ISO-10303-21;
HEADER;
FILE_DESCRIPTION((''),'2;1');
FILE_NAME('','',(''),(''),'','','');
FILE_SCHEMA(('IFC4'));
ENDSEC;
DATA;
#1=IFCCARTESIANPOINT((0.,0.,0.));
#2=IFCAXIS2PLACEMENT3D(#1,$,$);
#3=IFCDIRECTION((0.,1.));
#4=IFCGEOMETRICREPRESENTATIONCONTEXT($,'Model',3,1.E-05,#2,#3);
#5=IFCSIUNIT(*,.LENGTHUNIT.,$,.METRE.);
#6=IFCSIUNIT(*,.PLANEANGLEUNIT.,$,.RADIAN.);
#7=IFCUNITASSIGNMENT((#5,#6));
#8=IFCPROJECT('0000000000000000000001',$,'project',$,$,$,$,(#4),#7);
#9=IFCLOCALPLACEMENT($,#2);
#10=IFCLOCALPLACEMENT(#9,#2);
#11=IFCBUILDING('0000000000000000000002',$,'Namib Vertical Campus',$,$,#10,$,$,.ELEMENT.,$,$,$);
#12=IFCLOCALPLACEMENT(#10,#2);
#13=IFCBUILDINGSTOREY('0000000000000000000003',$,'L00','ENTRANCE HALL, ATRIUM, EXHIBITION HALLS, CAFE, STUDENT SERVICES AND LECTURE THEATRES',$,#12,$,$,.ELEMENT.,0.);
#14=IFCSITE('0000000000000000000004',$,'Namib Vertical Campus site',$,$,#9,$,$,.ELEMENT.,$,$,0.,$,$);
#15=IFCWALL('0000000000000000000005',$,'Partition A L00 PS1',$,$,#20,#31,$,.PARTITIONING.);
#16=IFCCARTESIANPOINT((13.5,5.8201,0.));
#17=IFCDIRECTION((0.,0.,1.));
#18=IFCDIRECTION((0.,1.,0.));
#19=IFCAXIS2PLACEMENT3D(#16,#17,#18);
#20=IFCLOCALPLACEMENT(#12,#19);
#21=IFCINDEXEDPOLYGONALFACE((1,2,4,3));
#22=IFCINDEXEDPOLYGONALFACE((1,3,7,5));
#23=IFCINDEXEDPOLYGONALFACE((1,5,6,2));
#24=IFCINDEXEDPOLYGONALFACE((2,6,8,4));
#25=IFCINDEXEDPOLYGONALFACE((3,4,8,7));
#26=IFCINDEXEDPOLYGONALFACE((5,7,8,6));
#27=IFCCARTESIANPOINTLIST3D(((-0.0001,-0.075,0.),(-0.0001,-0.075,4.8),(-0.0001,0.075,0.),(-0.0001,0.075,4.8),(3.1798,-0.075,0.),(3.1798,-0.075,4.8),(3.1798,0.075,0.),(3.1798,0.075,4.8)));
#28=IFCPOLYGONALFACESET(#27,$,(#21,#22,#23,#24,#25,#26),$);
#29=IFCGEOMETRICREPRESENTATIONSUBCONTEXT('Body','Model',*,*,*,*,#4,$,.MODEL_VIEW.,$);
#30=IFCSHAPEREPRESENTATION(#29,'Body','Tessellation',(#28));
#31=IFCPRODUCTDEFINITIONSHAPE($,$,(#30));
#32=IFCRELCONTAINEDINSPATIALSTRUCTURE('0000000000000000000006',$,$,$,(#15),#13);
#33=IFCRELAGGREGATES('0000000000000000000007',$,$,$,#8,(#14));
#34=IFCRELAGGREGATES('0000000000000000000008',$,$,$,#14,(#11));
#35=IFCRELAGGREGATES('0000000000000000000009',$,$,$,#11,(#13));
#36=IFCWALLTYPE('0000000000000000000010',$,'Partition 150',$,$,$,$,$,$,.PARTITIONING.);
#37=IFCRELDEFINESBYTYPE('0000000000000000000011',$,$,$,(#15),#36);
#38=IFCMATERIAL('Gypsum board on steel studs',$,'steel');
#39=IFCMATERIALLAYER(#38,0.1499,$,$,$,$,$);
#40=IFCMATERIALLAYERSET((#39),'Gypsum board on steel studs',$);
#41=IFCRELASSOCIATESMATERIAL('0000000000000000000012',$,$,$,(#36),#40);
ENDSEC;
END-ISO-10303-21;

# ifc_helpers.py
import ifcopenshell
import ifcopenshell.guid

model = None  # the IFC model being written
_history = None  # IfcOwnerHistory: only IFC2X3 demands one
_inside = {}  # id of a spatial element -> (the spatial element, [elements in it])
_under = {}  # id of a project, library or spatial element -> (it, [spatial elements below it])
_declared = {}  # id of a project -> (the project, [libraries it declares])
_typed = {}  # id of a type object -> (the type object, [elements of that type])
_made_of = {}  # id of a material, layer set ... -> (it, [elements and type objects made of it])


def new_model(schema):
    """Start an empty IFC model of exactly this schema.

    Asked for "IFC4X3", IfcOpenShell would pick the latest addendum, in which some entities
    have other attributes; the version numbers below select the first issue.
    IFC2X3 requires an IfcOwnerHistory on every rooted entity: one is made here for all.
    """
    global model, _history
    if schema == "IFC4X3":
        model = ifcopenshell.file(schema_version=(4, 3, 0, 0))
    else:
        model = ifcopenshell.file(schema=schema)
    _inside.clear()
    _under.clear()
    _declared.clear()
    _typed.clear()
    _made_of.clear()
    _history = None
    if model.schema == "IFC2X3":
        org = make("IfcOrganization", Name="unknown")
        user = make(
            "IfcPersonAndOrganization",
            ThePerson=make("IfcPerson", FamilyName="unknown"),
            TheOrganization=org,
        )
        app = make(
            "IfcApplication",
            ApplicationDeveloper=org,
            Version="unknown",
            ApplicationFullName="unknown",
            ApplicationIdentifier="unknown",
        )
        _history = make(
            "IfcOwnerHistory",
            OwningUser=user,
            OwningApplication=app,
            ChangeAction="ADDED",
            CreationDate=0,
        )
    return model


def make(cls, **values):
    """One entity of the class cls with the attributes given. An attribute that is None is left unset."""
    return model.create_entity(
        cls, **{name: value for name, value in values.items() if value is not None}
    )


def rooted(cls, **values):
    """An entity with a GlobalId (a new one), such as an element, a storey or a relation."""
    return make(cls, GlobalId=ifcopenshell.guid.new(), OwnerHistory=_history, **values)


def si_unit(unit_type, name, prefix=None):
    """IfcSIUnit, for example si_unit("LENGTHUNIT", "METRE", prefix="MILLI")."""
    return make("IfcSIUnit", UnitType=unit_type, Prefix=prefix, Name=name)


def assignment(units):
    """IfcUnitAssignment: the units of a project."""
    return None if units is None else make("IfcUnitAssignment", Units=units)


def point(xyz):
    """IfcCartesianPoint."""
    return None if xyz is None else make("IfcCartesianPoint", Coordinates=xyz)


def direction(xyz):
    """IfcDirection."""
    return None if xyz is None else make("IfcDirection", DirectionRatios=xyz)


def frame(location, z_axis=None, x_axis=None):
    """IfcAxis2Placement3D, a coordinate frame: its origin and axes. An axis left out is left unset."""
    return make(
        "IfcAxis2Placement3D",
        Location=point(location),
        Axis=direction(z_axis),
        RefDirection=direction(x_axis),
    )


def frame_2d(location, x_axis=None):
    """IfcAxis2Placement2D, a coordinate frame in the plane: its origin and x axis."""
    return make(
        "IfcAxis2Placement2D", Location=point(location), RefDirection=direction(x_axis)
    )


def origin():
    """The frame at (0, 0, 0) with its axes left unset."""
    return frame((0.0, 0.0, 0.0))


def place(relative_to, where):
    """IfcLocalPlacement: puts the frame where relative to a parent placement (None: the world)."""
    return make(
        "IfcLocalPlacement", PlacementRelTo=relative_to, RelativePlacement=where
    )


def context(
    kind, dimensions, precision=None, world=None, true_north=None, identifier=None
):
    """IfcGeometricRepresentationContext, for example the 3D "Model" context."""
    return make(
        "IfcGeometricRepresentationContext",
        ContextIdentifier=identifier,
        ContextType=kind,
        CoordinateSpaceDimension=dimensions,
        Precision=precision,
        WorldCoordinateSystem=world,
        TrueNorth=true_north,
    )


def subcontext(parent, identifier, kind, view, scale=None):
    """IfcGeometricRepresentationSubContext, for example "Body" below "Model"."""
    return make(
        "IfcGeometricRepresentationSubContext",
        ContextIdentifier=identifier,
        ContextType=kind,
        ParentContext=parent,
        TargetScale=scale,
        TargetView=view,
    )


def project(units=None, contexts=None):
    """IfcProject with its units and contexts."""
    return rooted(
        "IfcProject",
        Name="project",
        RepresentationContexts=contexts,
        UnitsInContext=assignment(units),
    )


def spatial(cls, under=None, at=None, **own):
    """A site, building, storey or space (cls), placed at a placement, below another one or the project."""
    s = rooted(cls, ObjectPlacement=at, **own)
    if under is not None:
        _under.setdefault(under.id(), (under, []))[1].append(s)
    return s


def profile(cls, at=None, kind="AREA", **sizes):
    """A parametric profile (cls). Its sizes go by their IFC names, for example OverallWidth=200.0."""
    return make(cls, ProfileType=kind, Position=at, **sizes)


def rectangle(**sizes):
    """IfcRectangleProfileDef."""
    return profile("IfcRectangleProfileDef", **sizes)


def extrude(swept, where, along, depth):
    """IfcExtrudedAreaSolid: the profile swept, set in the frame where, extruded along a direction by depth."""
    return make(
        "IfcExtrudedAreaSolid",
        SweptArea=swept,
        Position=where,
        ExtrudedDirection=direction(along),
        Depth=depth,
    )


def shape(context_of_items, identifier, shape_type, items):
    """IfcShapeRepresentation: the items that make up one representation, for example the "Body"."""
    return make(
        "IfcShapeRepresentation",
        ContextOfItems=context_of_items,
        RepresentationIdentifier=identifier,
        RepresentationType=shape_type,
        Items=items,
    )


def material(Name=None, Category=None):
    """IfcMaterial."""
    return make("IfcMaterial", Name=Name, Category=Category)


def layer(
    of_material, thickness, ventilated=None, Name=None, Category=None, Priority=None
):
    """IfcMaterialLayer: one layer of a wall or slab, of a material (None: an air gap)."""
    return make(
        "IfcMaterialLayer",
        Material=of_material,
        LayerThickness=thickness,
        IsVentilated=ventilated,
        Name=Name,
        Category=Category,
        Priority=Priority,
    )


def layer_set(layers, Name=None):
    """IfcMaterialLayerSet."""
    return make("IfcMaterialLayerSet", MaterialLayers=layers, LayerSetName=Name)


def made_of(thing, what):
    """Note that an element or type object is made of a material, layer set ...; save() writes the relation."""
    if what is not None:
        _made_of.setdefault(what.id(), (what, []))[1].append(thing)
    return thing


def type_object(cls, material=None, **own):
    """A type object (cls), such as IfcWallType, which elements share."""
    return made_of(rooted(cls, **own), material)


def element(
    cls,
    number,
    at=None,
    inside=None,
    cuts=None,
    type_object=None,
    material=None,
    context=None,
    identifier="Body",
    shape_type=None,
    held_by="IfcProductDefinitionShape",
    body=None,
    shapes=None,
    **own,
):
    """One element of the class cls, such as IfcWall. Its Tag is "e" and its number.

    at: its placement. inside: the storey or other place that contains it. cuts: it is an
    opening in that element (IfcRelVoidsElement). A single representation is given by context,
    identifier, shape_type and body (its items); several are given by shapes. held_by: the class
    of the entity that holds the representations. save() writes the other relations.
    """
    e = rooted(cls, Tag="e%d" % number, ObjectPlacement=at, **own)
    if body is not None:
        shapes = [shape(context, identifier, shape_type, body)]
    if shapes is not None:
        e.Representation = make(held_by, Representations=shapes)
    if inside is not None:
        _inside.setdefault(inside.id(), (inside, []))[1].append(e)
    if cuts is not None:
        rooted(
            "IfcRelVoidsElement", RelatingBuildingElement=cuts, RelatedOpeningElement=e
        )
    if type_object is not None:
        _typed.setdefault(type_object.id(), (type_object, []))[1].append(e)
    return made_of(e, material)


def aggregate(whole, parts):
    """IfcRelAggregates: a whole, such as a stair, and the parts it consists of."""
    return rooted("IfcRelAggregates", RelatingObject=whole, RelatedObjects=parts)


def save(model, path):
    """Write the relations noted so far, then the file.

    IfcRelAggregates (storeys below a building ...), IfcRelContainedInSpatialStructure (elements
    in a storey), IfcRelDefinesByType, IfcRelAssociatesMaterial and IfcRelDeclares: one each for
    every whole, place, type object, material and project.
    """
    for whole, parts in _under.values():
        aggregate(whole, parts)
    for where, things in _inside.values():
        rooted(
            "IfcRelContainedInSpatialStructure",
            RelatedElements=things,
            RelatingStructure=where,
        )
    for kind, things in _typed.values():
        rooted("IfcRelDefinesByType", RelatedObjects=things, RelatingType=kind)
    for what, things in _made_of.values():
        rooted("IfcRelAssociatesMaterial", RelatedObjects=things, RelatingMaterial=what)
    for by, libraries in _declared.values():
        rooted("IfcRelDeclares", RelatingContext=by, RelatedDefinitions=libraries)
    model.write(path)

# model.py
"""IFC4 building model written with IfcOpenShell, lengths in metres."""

from ifc_helpers import new_model, si_unit, direction, frame, frame_2d, origin, place, context, subcontext, project, spatial, rectangle, extrude, material, layer, layer_set, type_object, element, save


model = new_model("IFC4")

# Units and contexts
model_context = context("Model", 3, precision=1e-05, world=origin(), true_north=direction((0.0, 1.0)))
body_context = subcontext(model_context, "Body", "Model", "MODEL_VIEW")
ifc_project = project(units=[si_unit("LENGTHUNIT", "METRE"), si_unit("PLANEANGLEUNIT", "RADIAN")], contexts=[model_context])

# Site, building, storey
site_placement = place(None, origin())
site = spatial("IfcSite", under=ifc_project, at=site_placement, Name="Namib Vertical Campus site", CompositionType="ELEMENT", RefElevation=0.0)
building_placement = place(site_placement, origin())
building = spatial("IfcBuilding", under=site, at=building_placement, Name="Namib Vertical Campus", CompositionType="ELEMENT")
storey_placement = place(building_placement, origin())
storey = spatial("IfcBuildingStorey", under=building, at=storey_placement, Name="L00", Description="ENTRANCE HALL, ATRIUM, EXHIBITION HALLS, CAFE, STUDENT SERVICES AND LECTURE THEATRES", CompositionType="ELEMENT", Elevation=0.0)

# Wall
ifc_material_1 = material(Name="Gypsum board on steel studs", Category="steel")
ifc_layer_1 = layer(ifc_material_1, 0.1499)
ifc_layer_set_1 = layer_set([ifc_layer_1], Name="Gypsum board on steel studs")
wall_type_1 = type_object("IfcWallType", Name="Partition 150", PredefinedType="PARTITIONING", material=ifc_layer_set_1)
wall_1_placement = place(storey_placement, frame((13.5, 5.8201, 0.0), z_axis=(0.0, 0.0, 1.0), x_axis=(0.0, 1.0, 0.0)))
element("IfcWall", 1, at=wall_1_placement, inside=storey, type_object=wall_type_1, Name="Partition A L00 PS1", PredefinedType="PARTITIONING", context=body_context, shape_type="SweptSolid", body=[
    extrude(rectangle(XDim=3.1799, YDim=0.1499, at=frame_2d((1.5898, 0.0))), origin(), (0.0, 0.0, 1.0), 4.8),
])

save(model, "model.ifc")
